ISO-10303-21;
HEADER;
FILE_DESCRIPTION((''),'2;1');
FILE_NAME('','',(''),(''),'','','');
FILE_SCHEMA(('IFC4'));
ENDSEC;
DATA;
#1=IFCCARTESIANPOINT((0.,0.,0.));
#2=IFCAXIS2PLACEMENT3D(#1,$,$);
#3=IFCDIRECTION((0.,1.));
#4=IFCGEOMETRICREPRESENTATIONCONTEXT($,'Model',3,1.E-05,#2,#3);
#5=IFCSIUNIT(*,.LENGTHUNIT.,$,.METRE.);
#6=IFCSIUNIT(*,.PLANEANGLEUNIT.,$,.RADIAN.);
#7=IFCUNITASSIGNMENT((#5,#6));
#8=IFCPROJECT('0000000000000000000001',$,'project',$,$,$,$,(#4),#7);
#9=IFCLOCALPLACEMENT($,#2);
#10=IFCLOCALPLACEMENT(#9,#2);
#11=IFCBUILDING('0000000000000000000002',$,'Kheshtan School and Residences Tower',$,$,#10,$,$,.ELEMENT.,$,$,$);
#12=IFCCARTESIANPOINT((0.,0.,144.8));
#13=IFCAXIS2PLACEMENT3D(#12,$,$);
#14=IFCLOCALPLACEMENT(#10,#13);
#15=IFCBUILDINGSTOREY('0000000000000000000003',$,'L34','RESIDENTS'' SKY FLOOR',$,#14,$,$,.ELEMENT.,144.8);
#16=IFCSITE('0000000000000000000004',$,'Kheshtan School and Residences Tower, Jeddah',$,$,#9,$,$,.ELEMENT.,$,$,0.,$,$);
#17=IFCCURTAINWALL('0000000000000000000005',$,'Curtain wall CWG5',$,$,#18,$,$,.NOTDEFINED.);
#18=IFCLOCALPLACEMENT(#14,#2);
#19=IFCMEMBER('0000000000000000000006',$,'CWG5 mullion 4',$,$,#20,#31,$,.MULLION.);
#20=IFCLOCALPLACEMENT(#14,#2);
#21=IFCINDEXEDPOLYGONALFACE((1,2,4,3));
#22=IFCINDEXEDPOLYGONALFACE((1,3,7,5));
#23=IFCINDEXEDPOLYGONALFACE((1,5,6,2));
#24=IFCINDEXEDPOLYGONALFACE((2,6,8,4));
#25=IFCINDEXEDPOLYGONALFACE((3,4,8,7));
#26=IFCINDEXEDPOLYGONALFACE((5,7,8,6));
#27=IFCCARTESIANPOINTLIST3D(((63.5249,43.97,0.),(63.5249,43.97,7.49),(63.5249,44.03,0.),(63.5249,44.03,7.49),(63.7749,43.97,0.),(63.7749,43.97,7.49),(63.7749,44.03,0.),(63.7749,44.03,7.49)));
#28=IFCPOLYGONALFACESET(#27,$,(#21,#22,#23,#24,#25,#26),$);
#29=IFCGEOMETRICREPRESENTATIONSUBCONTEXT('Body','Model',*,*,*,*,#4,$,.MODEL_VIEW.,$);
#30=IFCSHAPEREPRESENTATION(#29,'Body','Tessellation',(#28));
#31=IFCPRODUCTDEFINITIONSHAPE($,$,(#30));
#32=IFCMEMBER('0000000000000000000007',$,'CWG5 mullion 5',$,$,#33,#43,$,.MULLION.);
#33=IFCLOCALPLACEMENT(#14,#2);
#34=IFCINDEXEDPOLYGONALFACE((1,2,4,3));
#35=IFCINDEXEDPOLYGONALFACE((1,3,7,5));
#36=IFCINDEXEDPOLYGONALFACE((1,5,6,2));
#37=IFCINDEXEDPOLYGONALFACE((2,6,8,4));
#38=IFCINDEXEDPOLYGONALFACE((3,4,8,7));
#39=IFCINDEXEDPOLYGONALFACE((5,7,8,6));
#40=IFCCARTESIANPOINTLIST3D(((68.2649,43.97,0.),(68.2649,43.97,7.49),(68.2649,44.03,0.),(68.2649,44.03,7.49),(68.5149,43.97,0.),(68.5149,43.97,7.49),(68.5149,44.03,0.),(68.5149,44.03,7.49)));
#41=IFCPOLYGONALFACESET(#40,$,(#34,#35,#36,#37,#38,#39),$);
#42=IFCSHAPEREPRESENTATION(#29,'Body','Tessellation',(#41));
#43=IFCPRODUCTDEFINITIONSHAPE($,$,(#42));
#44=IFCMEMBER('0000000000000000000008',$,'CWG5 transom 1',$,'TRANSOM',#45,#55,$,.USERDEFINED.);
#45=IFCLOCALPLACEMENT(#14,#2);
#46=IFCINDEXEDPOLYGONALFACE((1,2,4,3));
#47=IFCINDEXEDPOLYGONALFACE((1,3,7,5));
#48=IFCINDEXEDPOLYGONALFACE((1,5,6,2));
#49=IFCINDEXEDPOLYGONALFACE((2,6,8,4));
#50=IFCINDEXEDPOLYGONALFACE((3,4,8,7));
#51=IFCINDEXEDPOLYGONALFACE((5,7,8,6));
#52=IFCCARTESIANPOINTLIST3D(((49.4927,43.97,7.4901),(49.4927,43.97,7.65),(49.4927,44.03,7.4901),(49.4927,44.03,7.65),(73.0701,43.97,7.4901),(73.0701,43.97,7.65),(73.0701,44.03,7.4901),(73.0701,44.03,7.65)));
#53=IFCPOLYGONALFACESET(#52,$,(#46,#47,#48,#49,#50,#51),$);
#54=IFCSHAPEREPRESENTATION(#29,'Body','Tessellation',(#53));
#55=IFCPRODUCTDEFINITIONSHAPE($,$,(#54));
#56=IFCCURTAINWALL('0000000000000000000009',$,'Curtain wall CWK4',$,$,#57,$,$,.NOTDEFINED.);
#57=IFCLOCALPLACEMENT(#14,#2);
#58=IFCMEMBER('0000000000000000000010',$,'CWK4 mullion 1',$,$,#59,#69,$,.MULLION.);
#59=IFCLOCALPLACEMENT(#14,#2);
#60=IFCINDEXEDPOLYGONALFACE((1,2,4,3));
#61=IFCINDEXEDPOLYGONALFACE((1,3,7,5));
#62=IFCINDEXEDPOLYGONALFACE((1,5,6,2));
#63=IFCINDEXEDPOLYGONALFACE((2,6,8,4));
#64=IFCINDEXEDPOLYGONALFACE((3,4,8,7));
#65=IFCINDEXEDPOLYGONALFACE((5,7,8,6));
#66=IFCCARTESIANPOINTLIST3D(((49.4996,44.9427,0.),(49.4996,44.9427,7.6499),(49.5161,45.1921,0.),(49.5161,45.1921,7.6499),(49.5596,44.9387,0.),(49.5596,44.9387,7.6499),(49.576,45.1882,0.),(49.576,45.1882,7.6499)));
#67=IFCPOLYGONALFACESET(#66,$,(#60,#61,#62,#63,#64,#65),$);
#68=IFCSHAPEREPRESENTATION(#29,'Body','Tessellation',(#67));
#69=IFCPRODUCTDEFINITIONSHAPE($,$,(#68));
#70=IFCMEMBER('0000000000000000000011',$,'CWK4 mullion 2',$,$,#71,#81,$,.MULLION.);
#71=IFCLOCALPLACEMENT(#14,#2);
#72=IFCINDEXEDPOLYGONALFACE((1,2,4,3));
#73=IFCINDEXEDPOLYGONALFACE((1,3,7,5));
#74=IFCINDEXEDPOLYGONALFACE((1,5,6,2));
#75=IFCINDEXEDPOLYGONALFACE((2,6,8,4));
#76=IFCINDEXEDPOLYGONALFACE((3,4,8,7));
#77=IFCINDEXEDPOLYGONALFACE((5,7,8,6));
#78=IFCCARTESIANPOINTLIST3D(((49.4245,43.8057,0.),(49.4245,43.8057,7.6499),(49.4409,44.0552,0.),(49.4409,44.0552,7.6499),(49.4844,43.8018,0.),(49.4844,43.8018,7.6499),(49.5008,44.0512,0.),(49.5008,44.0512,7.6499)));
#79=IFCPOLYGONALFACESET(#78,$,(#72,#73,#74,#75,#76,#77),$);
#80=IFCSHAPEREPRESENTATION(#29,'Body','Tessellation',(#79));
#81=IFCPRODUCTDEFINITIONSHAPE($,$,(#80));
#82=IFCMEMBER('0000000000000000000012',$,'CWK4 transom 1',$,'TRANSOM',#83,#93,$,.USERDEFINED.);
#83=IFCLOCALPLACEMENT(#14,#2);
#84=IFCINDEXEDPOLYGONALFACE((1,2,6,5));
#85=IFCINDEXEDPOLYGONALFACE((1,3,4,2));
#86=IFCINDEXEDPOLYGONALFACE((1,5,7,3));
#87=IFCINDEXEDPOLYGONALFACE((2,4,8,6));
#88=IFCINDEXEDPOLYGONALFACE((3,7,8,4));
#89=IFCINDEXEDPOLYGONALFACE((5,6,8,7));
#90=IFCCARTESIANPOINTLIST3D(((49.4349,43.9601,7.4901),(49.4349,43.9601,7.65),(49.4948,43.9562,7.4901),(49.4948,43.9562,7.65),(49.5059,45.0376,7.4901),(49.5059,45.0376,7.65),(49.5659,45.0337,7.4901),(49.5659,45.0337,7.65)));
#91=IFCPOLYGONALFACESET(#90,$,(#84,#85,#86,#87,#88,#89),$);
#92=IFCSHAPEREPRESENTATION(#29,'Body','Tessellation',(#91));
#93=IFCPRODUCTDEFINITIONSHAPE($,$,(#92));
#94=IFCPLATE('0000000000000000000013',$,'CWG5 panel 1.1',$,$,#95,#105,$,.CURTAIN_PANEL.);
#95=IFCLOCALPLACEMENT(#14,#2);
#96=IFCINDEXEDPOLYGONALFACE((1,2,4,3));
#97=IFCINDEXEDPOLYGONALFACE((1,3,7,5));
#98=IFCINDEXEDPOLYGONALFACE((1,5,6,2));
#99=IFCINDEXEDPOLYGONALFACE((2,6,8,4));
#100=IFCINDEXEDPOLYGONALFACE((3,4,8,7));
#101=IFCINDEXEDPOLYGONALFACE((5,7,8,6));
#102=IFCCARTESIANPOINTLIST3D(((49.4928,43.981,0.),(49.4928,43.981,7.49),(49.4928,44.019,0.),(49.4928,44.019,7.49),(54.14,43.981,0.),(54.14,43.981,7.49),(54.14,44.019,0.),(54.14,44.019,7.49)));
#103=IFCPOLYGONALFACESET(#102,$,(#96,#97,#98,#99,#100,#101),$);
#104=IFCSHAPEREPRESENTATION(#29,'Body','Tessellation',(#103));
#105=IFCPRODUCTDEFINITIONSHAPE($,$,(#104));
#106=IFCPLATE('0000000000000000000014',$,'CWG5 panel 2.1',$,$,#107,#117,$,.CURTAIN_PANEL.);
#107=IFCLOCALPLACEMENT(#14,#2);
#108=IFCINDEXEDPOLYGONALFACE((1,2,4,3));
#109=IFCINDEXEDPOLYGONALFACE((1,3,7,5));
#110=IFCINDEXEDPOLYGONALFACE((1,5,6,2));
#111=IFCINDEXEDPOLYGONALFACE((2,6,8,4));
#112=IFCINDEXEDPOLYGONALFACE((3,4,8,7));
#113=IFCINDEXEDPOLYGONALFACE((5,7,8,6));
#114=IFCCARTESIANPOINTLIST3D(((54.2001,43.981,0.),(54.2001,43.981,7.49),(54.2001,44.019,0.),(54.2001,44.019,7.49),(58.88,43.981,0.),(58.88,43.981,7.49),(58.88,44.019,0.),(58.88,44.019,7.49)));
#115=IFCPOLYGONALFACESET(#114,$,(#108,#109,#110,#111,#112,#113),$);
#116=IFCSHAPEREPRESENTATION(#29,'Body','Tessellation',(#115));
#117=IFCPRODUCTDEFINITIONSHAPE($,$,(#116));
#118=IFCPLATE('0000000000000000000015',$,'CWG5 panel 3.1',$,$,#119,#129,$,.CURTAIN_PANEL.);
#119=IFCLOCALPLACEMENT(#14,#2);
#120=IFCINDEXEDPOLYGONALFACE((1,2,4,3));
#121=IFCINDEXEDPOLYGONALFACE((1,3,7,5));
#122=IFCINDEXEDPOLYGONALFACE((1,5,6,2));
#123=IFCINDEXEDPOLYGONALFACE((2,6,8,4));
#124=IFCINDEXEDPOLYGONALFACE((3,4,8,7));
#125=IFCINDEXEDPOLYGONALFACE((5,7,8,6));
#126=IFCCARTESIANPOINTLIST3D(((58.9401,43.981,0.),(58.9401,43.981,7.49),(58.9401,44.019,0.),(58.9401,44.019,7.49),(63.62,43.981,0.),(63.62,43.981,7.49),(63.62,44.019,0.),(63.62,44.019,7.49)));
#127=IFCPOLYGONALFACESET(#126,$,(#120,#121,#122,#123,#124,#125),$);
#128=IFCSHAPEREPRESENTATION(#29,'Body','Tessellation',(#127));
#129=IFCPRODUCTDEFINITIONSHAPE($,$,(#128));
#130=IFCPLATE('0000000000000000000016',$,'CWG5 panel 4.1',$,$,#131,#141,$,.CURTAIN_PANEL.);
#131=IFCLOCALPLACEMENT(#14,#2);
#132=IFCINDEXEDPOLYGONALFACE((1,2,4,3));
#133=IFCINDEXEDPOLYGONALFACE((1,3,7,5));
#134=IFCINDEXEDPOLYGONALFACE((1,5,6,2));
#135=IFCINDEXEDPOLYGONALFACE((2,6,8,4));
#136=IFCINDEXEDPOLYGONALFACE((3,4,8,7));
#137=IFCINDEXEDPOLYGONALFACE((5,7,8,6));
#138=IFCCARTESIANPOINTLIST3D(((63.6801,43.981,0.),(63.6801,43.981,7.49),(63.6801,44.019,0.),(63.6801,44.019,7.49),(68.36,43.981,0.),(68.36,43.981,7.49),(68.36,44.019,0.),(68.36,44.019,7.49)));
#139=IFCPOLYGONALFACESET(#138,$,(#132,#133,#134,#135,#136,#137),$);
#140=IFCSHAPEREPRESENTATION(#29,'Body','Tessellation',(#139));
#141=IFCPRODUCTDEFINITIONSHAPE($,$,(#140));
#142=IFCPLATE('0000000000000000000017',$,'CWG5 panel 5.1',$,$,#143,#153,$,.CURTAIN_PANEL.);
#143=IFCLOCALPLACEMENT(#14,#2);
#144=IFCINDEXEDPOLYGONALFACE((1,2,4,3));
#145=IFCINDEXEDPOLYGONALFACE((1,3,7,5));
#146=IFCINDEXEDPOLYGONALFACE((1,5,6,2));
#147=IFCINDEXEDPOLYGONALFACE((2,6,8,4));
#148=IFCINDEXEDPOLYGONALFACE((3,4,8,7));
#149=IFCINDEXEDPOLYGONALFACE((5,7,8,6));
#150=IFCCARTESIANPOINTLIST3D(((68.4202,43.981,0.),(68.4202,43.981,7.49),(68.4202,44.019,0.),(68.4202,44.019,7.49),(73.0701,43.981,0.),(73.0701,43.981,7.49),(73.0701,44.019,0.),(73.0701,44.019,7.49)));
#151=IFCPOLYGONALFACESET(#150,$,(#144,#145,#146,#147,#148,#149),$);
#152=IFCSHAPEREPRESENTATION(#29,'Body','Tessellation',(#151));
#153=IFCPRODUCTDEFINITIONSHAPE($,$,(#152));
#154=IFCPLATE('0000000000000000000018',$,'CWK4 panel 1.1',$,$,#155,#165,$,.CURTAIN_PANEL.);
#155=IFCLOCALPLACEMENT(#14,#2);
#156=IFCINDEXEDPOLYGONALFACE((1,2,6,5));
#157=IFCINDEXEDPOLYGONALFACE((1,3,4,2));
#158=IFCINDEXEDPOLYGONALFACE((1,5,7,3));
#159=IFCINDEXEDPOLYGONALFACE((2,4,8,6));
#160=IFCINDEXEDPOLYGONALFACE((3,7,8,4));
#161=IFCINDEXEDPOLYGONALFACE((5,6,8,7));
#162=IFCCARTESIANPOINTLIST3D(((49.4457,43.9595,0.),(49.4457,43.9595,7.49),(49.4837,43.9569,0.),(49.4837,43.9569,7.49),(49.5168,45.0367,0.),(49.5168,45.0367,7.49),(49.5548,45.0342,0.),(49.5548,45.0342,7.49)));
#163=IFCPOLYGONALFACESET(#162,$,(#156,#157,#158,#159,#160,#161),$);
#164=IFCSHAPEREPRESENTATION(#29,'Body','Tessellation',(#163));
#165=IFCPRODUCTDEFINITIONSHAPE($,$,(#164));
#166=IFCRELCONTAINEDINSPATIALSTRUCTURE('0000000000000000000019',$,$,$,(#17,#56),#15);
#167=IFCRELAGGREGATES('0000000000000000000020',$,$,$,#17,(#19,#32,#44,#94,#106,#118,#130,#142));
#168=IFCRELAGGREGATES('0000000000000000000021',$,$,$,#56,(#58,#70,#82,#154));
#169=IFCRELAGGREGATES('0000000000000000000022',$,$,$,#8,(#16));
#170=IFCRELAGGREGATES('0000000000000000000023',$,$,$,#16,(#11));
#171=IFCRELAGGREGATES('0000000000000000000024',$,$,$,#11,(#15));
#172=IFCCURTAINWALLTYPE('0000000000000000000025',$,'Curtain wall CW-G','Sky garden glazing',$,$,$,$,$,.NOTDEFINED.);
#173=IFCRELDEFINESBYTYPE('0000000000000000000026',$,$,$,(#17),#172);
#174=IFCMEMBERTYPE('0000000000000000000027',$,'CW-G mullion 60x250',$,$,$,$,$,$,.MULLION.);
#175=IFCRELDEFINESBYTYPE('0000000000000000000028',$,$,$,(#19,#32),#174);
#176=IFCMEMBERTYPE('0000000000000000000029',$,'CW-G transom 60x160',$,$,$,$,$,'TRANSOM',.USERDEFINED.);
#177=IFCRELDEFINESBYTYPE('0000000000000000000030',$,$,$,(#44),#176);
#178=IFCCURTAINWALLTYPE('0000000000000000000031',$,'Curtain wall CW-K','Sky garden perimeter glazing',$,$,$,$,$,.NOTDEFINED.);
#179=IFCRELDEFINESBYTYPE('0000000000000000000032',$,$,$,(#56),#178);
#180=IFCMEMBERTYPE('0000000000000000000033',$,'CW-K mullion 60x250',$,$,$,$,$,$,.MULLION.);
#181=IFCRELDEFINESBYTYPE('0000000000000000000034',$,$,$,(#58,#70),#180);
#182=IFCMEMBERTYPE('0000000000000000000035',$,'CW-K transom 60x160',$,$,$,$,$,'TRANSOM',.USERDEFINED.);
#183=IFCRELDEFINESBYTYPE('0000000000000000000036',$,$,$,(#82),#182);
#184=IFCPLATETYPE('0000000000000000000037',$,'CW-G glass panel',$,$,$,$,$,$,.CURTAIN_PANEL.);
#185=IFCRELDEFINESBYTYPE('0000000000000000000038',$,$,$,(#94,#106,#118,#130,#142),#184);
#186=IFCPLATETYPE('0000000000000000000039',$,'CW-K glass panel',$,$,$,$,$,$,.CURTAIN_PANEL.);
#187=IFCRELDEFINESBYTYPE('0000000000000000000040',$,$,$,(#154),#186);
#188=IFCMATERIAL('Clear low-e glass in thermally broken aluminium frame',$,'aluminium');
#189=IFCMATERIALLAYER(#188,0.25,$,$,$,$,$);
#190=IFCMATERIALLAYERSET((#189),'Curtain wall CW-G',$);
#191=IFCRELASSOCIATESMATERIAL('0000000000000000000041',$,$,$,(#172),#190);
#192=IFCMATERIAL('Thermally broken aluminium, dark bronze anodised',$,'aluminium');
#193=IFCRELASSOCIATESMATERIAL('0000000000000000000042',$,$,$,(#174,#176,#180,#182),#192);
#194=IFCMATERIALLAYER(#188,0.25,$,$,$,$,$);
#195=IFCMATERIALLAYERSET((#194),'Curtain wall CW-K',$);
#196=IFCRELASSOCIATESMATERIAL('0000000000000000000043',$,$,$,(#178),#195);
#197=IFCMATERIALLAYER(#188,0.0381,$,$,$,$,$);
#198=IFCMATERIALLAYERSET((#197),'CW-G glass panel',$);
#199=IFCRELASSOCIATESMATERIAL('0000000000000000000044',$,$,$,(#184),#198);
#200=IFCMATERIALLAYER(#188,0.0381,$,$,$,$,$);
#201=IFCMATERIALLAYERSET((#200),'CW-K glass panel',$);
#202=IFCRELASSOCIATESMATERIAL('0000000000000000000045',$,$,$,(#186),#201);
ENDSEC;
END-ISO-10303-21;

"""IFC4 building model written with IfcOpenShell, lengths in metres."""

from ifc_helpers import new_model, si_unit, direction, frame, origin, origin_2d, place, context, subcontext, project, spatial, rectangle, extrude, material, layer, layer_set, material_profile, profile_set, type_object, element, aggregate, save


model = new_model("IFC4")

# Units and contexts
model_context = context("Model", 3, precision=1e-05, world=origin(), true_north=direction((0.0, 1.0)))
body_context = subcontext(model_context, "Body", "Model", "MODEL_VIEW")
ifc_project = project(units=[si_unit("LENGTHUNIT", "METRE"), si_unit("PLANEANGLEUNIT", "RADIAN")], contexts=[model_context])

# Site, building, storey
site_placement = place(None, origin())
site = spatial("IfcSite", under=ifc_project, at=site_placement, Name="Kheshtan School and Residences Tower, Jeddah", CompositionType="ELEMENT", RefElevation=0.0)
building_placement = place(site_placement, origin())
building = spatial("IfcBuilding", under=site, at=building_placement, Name="Kheshtan School and Residences Tower", CompositionType="ELEMENT")
storey_placement = place(building_placement, frame((0.0, 0.0, 144.8)))
storey = spatial("IfcBuildingStorey", under=building, at=storey_placement, Name="L34", Description="RESIDENTS' SKY FLOOR", CompositionType="ELEMENT", Elevation=144.8)

# Curtain walls, members
ifc_material_1 = material(Name="Clear low-e glass in thermally broken aluminium frame", Category="aluminium")
ifc_layer_1 = layer(ifc_material_1, 0.25)
ifc_layer_set_1 = layer_set([ifc_layer_1], Name="Curtain wall CW-G")
curtain_wall_type_1 = type_object("IfcCurtainWallType", Name="Curtain wall CW-G", Description="Sky garden glazing", PredefinedType="NOTDEFINED", material=ifc_layer_set_1)
curtain_wall_1_placement = place(storey_placement, origin())
curtain_wall_1 = element("IfcCurtainWall", 1, at=curtain_wall_1_placement, inside=storey, type_object=curtain_wall_type_1, Name="Curtain wall CWG5", PredefinedType="NOTDEFINED")
ifc_material_2 = material(Name="Thermally broken aluminium, dark bronze anodised", Category="aluminium")
ifc_material_profile_1 = material_profile(ifc_material_2, rectangle(XDim=0.0601, YDim=0.25, at=origin_2d()), Name="CW-G mullion 60x250")
ifc_profile_set_1 = profile_set([ifc_material_profile_1], Name="Thermally broken aluminium, dark bronze anodised")
member_type_1 = type_object("IfcMemberType", Name="CW-G mullion 60x250", PredefinedType="MULLION", material=ifc_profile_set_1)
member_1_placement = place(storey_placement, frame((63.6499, 44.0, 0.0), z_axis=(0.0, 0.0, 1.0), x_axis=(0.0, 1.0, 0.0)))
member_1 = element("IfcMember", 2, at=member_1_placement, type_object=member_type_1, Name="CWG5 mullion 4", PredefinedType="MULLION", context=body_context, shape_type="SweptSolid", body=[
    extrude(rectangle(XDim=0.0601, YDim=0.25, at=origin_2d()), origin(), (0.0, 0.0, 1.0), 7.49),
])
member_2_placement = place(storey_placement, frame((68.3899, 44.0, 0.0), z_axis=(0.0, 0.0, 1.0), x_axis=(0.0, 1.0, 0.0)))
member_2 = element("IfcMember", 3, at=member_2_placement, type_object=member_type_1, Name="CWG5 mullion 5", PredefinedType="MULLION", context=body_context, shape_type="SweptSolid", body=[
    extrude(rectangle(XDim=0.0601, YDim=0.25, at=origin_2d()), origin(), (0.0, 0.0, 1.0), 7.49),
])
ifc_material_profile_2 = material_profile(ifc_material_2, rectangle(XDim=0.0601, YDim=0.1599, at=origin_2d()), Name="CW-G transom 60x160")
ifc_profile_set_2 = profile_set([ifc_material_profile_2], Name="Thermally broken aluminium, dark bronze anodised")
member_type_2 = type_object("IfcMemberType", Name="CW-G transom 60x160", ElementType="TRANSOM", PredefinedType="USERDEFINED", material=ifc_profile_set_2)
member_3_placement = place(storey_placement, frame((49.4927, 44.0, 7.5701), z_axis=(1.0, 0.0, 0.0), x_axis=(0.0, 1.0, 0.0)))
member_3 = element("IfcMember", 4, at=member_3_placement, type_object=member_type_2, Name="CWG5 transom 1", ObjectType="TRANSOM", PredefinedType="USERDEFINED", context=body_context, shape_type="SweptSolid", body=[
    extrude(rectangle(XDim=0.0601, YDim=0.1599, at=origin_2d()), origin(), (0.0, 0.0, 1.0), 23.5774),
])
ifc_layer_2 = layer(ifc_material_1, 0.25)
ifc_layer_set_2 = layer_set([ifc_layer_2], Name="Curtain wall CW-K")
curtain_wall_type_2 = type_object("IfcCurtainWallType", Name="Curtain wall CW-K", Description="Sky garden perimeter glazing", PredefinedType="NOTDEFINED", material=ifc_layer_set_2)
curtain_wall_2_placement = place(storey_placement, origin())
curtain_wall_2 = element("IfcCurtainWall", 5, at=curtain_wall_2_placement, inside=storey, type_object=curtain_wall_type_2, Name="Curtain wall CWK4", PredefinedType="NOTDEFINED")
ifc_material_profile_3 = material_profile(ifc_material_2, rectangle(XDim=0.0601, YDim=0.25, at=origin_2d()), Name="CW-K mullion 60x250")
ifc_profile_set_3 = profile_set([ifc_material_profile_3], Name="Thermally broken aluminium, dark bronze anodised")
member_type_3 = type_object("IfcMemberType", Name="CW-K mullion 60x250", PredefinedType="MULLION", material=ifc_profile_set_3)
member_4_placement = place(storey_placement, frame((49.5378, 45.0654, 0.0), z_axis=(0.0, 0.0, 1.0), x_axis=(0.997829, -0.065855, 0.0)))
member_4 = element("IfcMember", 6, at=member_4_placement, type_object=member_type_3, Name="CWK4 mullion 1", PredefinedType="MULLION", context=body_context, shape_type="SweptSolid", body=[
    extrude(rectangle(XDim=0.0601, YDim=0.25, at=origin_2d()), origin(), (0.0, 0.0, 1.0), 7.6499),
])
member_5_placement = place(storey_placement, frame((49.4626, 43.9285, 0.0), z_axis=(0.0, 0.0, 1.0), x_axis=(0.997829, -0.065855, 0.0)))
member_5 = element("IfcMember", 7, at=member_5_placement, type_object=member_type_3, Name="CWK4 mullion 2", PredefinedType="MULLION", context=body_context, shape_type="SweptSolid", body=[
    extrude(rectangle(XDim=0.0601, YDim=0.25, at=origin_2d()), origin(), (0.0, 0.0, 1.0), 7.6499),
])
ifc_material_profile_4 = material_profile(ifc_material_2, rectangle(XDim=0.0601, YDim=0.1599, at=origin_2d()), Name="CW-K transom 60x160")
ifc_profile_set_4 = profile_set([ifc_material_profile_4], Name="Thermally broken aluminium, dark bronze anodised")
member_type_4 = type_object("IfcMemberType", Name="CW-K transom 60x160", ElementType="TRANSOM", PredefinedType="USERDEFINED", material=ifc_profile_set_4)
member_6_placement = place(storey_placement, frame((49.5359, 45.0356, 7.5701), z_axis=(-0.065799, -0.997833, 0.0), x_axis=(0.997833, -0.065799, 0.0)))
member_6 = element("IfcMember", 8, at=member_6_placement, type_object=member_type_4, Name="CWK4 transom 1", ObjectType="TRANSOM", PredefinedType="USERDEFINED", context=body_context, shape_type="SweptSolid", body=[
    extrude(rectangle(XDim=0.0601, YDim=0.1599, at=origin_2d()), origin(), (0.0, 0.0, 1.0), 1.0798),
])

# Plates
ifc_layer_3 = layer(ifc_material_1, 0.0381)
ifc_layer_set_3 = layer_set([ifc_layer_3], Name="CW-G glass panel")
plate_type_1 = type_object("IfcPlateType", Name="CW-G glass panel", PredefinedType="CURTAIN_PANEL", material=ifc_layer_set_3)
plate_1_placement = place(storey_placement, frame((51.8164, 44.0, 0.0), z_axis=(0.0, 0.0, 1.0), x_axis=(1.0, 0.0, 0.0)))
plate_1 = element("IfcPlate", 9, at=plate_1_placement, type_object=plate_type_1, Name="CWG5 panel 1.1", PredefinedType="CURTAIN_PANEL", context=body_context, shape_type="SweptSolid", body=[
    extrude(rectangle(XDim=4.6472, YDim=0.0381, at=origin_2d()), origin(), (0.0, 0.0, 1.0), 7.49),
])
plate_2_placement = place(storey_placement, frame((56.54, 44.0, 0.0), z_axis=(0.0, 0.0, 1.0), x_axis=(1.0, 0.0, 0.0)))
plate_2 = element("IfcPlate", 10, at=plate_2_placement, type_object=plate_type_1, Name="CWG5 panel 2.1", PredefinedType="CURTAIN_PANEL", context=body_context, shape_type="SweptSolid", body=[
    extrude(rectangle(XDim=4.6799, YDim=0.0381, at=origin_2d()), origin(), (0.0, 0.0, 1.0), 7.49),
])
plate_3_placement = place(storey_placement, frame((61.28, 44.0, 0.0), z_axis=(0.0, 0.0, 1.0), x_axis=(1.0, 0.0, 0.0)))
plate_3 = element("IfcPlate", 11, at=plate_3_placement, type_object=plate_type_1, Name="CWG5 panel 3.1", PredefinedType="CURTAIN_PANEL", context=body_context, shape_type="SweptSolid", body=[
    extrude(rectangle(XDim=4.6799, YDim=0.0381, at=origin_2d()), origin(), (0.0, 0.0, 1.0), 7.49),
])
plate_4_placement = place(storey_placement, frame((66.02, 44.0, 0.0), z_axis=(0.0, 0.0, 1.0), x_axis=(1.0, 0.0, 0.0)))
plate_4 = element("IfcPlate", 12, at=plate_4_placement, type_object=plate_type_1, Name="CWG5 panel 4.1", PredefinedType="CURTAIN_PANEL", context=body_context, shape_type="SweptSolid", body=[
    extrude(rectangle(XDim=4.6799, YDim=0.0381, at=origin_2d()), origin(), (0.0, 0.0, 1.0), 7.49),
])
plate_5_placement = place(storey_placement, frame((70.7451, 44.0, 0.0), z_axis=(0.0, 0.0, 1.0), x_axis=(1.0, 0.0, 0.0)))
plate_5 = element("IfcPlate", 13, at=plate_5_placement, type_object=plate_type_1, Name="CWG5 panel 5.1", PredefinedType="CURTAIN_PANEL", context=body_context, shape_type="SweptSolid", body=[
    extrude(rectangle(XDim=4.6499, YDim=0.0381, at=origin_2d()), origin(), (0.0, 0.0, 1.0), 7.49),
])
aggregate(curtain_wall_1, [member_1, member_2, member_3, plate_1, plate_2, plate_3, plate_4, plate_5])
ifc_layer_4 = layer(ifc_material_1, 0.0381)
ifc_layer_set_4 = layer_set([ifc_layer_4], Name="CW-K glass panel")
plate_type_2 = type_object("IfcPlateType", Name="CW-K glass panel", PredefinedType="CURTAIN_PANEL", material=ifc_layer_set_4)
plate_6_placement = place(storey_placement, frame((49.5002, 44.4968, 0.0), z_axis=(0.0, 0.0, 1.0), x_axis=(-0.065855, -0.997829, 0.0)))
plate_6 = element("IfcPlate", 14, at=plate_6_placement, type_object=plate_type_2, Name="CWK4 panel 1.1", PredefinedType="CURTAIN_PANEL", context=body_context, shape_type="SweptSolid", body=[
    extrude(rectangle(XDim=1.0796, YDim=0.0381, at=origin_2d()), origin(), (0.0, 0.0, 1.0), 7.49),
])
aggregate(curtain_wall_2, [member_4, member_5, member_6, plate_6])

save(model, "model.ifc")
